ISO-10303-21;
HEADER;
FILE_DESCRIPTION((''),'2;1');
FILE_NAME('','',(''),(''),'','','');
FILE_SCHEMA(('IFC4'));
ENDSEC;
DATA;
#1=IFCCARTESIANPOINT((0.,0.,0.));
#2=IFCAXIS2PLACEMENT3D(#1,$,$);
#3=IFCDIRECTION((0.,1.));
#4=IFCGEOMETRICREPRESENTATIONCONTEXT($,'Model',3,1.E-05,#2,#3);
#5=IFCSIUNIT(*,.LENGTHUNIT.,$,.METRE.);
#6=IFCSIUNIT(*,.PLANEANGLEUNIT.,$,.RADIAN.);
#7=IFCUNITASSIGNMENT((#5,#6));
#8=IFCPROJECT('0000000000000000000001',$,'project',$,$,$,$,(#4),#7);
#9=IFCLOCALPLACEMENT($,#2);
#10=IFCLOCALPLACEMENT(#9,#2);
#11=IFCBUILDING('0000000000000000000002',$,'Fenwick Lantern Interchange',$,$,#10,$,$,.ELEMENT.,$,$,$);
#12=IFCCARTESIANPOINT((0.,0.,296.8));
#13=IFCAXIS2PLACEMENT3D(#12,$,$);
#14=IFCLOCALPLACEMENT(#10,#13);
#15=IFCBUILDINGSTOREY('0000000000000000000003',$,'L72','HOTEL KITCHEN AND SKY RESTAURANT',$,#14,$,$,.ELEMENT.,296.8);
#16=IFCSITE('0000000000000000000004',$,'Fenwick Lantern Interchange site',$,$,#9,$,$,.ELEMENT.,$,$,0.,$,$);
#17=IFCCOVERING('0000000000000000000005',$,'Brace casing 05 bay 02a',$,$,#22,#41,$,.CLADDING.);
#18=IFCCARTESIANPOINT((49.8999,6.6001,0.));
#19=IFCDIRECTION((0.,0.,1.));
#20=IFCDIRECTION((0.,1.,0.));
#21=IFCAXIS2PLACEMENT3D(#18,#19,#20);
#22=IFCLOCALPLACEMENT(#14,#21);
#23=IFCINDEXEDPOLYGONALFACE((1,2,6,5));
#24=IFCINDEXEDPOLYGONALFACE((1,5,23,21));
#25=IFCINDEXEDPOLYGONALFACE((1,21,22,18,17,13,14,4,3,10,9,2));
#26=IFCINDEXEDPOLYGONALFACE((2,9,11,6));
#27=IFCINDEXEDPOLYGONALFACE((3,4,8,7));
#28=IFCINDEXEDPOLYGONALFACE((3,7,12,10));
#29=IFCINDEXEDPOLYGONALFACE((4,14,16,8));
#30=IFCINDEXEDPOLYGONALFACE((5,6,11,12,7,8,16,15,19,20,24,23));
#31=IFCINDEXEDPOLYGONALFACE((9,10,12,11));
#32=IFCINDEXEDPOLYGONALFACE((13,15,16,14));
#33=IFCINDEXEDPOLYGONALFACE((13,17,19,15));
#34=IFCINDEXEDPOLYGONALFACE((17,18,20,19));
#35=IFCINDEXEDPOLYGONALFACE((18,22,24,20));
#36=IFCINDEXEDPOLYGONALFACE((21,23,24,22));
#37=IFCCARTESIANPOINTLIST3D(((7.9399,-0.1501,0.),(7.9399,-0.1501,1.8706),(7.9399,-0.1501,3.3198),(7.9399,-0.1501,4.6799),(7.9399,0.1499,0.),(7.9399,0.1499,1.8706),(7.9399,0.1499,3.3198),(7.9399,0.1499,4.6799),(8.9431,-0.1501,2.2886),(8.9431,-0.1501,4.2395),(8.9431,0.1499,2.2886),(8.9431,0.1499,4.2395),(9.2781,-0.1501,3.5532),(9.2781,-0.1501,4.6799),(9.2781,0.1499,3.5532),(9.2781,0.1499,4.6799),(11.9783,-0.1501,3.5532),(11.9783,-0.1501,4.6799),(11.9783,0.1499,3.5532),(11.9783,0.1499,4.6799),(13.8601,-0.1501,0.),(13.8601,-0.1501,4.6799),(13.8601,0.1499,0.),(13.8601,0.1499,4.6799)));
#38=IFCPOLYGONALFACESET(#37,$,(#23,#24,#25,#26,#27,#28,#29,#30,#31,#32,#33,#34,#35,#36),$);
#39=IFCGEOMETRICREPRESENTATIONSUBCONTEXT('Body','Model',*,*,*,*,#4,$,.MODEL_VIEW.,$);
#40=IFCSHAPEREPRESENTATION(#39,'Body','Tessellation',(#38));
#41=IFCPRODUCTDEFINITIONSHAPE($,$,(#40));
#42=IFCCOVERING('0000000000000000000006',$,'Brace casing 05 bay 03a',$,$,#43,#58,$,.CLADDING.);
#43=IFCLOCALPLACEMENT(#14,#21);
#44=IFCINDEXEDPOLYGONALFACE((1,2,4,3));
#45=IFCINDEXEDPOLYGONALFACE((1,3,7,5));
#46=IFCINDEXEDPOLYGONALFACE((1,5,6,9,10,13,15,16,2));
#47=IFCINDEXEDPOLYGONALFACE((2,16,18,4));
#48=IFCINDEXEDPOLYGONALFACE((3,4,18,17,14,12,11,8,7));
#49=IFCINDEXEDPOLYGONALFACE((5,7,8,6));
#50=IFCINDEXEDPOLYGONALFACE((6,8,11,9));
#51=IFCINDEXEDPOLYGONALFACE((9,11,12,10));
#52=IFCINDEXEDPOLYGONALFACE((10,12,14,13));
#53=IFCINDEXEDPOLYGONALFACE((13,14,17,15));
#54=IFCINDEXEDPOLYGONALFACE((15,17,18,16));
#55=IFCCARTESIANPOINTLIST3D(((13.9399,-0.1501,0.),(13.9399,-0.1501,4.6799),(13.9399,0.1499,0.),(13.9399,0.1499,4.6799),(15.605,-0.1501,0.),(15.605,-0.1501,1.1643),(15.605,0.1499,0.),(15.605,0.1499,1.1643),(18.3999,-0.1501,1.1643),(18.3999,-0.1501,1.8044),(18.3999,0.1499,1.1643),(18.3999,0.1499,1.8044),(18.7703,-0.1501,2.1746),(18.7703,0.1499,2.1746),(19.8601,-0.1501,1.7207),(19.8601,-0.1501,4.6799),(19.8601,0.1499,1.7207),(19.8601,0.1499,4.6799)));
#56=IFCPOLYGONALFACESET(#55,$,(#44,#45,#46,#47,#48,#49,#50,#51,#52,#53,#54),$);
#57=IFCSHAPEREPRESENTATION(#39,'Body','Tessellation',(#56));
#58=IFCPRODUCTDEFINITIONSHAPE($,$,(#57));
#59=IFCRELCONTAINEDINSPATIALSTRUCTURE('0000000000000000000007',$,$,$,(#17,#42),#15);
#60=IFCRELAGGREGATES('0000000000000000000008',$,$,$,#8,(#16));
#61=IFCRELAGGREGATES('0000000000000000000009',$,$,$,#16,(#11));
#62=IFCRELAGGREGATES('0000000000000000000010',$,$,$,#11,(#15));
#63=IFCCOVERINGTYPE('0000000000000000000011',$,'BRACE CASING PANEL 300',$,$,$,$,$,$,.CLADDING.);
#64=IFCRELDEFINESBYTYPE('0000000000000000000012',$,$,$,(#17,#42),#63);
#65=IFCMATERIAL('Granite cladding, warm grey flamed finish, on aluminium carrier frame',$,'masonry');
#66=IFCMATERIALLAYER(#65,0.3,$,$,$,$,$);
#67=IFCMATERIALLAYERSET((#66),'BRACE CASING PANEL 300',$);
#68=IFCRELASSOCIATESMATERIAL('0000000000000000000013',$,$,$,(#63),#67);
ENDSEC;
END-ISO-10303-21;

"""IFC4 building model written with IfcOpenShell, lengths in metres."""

from ifc_helpers import new_model, si_unit, direction, frame, origin, place, context, subcontext, project, spatial, polyline, outline, extrude, material, layer, layer_set, type_object, element, save


model = new_model("IFC4")

# Units and contexts
model_context = context("Model", 3, precision=1e-05, world=origin(), true_north=direction((0.0, 1.0)))
body_context = subcontext(model_context, "Body", "Model", "MODEL_VIEW")
ifc_project = project(units=[si_unit("LENGTHUNIT", "METRE"), si_unit("PLANEANGLEUNIT", "RADIAN")], contexts=[model_context])

# Site, building, storey
site_placement = place(None, origin())
site = spatial("IfcSite", under=ifc_project, at=site_placement, Name="Fenwick Lantern Interchange site", CompositionType="ELEMENT", RefElevation=0.0)
building_placement = place(site_placement, origin())
building = spatial("IfcBuilding", under=site, at=building_placement, Name="Fenwick Lantern Interchange", CompositionType="ELEMENT")
storey_placement = place(building_placement, frame((0.0, 0.0, 296.8)))
storey = spatial("IfcBuildingStorey", under=building, at=storey_placement, Name="L72", Description="HOTEL KITCHEN AND SKY RESTAURANT", CompositionType="ELEMENT", Elevation=296.8)

# Coverings
ifc_material_1 = material(Name="Granite cladding, warm grey flamed finish, on aluminium carrier frame", Category="masonry")
ifc_layer_1 = layer(ifc_material_1, 0.3)
ifc_layer_set_1 = layer_set([ifc_layer_1], Name="BRACE CASING PANEL 300")
covering_type = type_object("IfcCoveringType", Name="BRACE CASING PANEL 300", PredefinedType="CLADDING", material=ifc_layer_set_1)
covering_1_placement = place(storey_placement, frame((49.8999, 6.6001, 0.0), z_axis=(0.0, 0.0, 1.0), x_axis=(0.0, 1.0, 0.0)))
element("IfcCovering", 1, at=covering_1_placement, inside=storey, type_object=covering_type, Name="Brace casing 05 bay 02a", PredefinedType="CLADDING", context=body_context, shape_type="SweptSolid", body=[
    extrude(outline(polyline([(7.9399, 0.0), (13.8601, 0.0), (13.8601, 4.6799), (11.9783, 4.6799), (11.9783, 3.5532), (9.2781, 3.5532), (9.2781, 4.6799), (7.9399, 4.6799), (7.9399, 3.3198), (8.9431, 4.2395), (8.9431, 2.2886), (7.9399, 1.8706), (7.9399, 0.0)])), frame((0.0, 0.1499, 0.0), z_axis=(0.0, -1.0, 0.0), x_axis=(1.0, 0.0, 0.0)), (0.0, 0.0, 1.0), 0.3),
])
covering_2_placement = place(storey_placement, frame((49.8999, 6.6001, 0.0), z_axis=(0.0, 0.0, 1.0), x_axis=(0.0, 1.0, 0.0)))
element("IfcCovering", 2, at=covering_2_placement, inside=storey, type_object=covering_type, Name="Brace casing 05 bay 03a", PredefinedType="CLADDING", context=body_context, shape_type="SweptSolid", body=[
    extrude(outline(polyline([(13.9399, 0.0), (15.605, 0.0), (15.605, 1.1643), (18.3999, 1.1643), (18.3999, 1.8044), (18.7703, 2.1746), (19.8601, 1.7207), (19.8601, 4.6799), (13.9399, 4.6799), (13.9399, 0.0)])), frame((0.0, 0.1499, 0.0), z_axis=(0.0, -1.0, 0.0), x_axis=(1.0, 0.0, 0.0)), (0.0, 0.0, 1.0), 0.3),
])

save(model, "model.ifc")
